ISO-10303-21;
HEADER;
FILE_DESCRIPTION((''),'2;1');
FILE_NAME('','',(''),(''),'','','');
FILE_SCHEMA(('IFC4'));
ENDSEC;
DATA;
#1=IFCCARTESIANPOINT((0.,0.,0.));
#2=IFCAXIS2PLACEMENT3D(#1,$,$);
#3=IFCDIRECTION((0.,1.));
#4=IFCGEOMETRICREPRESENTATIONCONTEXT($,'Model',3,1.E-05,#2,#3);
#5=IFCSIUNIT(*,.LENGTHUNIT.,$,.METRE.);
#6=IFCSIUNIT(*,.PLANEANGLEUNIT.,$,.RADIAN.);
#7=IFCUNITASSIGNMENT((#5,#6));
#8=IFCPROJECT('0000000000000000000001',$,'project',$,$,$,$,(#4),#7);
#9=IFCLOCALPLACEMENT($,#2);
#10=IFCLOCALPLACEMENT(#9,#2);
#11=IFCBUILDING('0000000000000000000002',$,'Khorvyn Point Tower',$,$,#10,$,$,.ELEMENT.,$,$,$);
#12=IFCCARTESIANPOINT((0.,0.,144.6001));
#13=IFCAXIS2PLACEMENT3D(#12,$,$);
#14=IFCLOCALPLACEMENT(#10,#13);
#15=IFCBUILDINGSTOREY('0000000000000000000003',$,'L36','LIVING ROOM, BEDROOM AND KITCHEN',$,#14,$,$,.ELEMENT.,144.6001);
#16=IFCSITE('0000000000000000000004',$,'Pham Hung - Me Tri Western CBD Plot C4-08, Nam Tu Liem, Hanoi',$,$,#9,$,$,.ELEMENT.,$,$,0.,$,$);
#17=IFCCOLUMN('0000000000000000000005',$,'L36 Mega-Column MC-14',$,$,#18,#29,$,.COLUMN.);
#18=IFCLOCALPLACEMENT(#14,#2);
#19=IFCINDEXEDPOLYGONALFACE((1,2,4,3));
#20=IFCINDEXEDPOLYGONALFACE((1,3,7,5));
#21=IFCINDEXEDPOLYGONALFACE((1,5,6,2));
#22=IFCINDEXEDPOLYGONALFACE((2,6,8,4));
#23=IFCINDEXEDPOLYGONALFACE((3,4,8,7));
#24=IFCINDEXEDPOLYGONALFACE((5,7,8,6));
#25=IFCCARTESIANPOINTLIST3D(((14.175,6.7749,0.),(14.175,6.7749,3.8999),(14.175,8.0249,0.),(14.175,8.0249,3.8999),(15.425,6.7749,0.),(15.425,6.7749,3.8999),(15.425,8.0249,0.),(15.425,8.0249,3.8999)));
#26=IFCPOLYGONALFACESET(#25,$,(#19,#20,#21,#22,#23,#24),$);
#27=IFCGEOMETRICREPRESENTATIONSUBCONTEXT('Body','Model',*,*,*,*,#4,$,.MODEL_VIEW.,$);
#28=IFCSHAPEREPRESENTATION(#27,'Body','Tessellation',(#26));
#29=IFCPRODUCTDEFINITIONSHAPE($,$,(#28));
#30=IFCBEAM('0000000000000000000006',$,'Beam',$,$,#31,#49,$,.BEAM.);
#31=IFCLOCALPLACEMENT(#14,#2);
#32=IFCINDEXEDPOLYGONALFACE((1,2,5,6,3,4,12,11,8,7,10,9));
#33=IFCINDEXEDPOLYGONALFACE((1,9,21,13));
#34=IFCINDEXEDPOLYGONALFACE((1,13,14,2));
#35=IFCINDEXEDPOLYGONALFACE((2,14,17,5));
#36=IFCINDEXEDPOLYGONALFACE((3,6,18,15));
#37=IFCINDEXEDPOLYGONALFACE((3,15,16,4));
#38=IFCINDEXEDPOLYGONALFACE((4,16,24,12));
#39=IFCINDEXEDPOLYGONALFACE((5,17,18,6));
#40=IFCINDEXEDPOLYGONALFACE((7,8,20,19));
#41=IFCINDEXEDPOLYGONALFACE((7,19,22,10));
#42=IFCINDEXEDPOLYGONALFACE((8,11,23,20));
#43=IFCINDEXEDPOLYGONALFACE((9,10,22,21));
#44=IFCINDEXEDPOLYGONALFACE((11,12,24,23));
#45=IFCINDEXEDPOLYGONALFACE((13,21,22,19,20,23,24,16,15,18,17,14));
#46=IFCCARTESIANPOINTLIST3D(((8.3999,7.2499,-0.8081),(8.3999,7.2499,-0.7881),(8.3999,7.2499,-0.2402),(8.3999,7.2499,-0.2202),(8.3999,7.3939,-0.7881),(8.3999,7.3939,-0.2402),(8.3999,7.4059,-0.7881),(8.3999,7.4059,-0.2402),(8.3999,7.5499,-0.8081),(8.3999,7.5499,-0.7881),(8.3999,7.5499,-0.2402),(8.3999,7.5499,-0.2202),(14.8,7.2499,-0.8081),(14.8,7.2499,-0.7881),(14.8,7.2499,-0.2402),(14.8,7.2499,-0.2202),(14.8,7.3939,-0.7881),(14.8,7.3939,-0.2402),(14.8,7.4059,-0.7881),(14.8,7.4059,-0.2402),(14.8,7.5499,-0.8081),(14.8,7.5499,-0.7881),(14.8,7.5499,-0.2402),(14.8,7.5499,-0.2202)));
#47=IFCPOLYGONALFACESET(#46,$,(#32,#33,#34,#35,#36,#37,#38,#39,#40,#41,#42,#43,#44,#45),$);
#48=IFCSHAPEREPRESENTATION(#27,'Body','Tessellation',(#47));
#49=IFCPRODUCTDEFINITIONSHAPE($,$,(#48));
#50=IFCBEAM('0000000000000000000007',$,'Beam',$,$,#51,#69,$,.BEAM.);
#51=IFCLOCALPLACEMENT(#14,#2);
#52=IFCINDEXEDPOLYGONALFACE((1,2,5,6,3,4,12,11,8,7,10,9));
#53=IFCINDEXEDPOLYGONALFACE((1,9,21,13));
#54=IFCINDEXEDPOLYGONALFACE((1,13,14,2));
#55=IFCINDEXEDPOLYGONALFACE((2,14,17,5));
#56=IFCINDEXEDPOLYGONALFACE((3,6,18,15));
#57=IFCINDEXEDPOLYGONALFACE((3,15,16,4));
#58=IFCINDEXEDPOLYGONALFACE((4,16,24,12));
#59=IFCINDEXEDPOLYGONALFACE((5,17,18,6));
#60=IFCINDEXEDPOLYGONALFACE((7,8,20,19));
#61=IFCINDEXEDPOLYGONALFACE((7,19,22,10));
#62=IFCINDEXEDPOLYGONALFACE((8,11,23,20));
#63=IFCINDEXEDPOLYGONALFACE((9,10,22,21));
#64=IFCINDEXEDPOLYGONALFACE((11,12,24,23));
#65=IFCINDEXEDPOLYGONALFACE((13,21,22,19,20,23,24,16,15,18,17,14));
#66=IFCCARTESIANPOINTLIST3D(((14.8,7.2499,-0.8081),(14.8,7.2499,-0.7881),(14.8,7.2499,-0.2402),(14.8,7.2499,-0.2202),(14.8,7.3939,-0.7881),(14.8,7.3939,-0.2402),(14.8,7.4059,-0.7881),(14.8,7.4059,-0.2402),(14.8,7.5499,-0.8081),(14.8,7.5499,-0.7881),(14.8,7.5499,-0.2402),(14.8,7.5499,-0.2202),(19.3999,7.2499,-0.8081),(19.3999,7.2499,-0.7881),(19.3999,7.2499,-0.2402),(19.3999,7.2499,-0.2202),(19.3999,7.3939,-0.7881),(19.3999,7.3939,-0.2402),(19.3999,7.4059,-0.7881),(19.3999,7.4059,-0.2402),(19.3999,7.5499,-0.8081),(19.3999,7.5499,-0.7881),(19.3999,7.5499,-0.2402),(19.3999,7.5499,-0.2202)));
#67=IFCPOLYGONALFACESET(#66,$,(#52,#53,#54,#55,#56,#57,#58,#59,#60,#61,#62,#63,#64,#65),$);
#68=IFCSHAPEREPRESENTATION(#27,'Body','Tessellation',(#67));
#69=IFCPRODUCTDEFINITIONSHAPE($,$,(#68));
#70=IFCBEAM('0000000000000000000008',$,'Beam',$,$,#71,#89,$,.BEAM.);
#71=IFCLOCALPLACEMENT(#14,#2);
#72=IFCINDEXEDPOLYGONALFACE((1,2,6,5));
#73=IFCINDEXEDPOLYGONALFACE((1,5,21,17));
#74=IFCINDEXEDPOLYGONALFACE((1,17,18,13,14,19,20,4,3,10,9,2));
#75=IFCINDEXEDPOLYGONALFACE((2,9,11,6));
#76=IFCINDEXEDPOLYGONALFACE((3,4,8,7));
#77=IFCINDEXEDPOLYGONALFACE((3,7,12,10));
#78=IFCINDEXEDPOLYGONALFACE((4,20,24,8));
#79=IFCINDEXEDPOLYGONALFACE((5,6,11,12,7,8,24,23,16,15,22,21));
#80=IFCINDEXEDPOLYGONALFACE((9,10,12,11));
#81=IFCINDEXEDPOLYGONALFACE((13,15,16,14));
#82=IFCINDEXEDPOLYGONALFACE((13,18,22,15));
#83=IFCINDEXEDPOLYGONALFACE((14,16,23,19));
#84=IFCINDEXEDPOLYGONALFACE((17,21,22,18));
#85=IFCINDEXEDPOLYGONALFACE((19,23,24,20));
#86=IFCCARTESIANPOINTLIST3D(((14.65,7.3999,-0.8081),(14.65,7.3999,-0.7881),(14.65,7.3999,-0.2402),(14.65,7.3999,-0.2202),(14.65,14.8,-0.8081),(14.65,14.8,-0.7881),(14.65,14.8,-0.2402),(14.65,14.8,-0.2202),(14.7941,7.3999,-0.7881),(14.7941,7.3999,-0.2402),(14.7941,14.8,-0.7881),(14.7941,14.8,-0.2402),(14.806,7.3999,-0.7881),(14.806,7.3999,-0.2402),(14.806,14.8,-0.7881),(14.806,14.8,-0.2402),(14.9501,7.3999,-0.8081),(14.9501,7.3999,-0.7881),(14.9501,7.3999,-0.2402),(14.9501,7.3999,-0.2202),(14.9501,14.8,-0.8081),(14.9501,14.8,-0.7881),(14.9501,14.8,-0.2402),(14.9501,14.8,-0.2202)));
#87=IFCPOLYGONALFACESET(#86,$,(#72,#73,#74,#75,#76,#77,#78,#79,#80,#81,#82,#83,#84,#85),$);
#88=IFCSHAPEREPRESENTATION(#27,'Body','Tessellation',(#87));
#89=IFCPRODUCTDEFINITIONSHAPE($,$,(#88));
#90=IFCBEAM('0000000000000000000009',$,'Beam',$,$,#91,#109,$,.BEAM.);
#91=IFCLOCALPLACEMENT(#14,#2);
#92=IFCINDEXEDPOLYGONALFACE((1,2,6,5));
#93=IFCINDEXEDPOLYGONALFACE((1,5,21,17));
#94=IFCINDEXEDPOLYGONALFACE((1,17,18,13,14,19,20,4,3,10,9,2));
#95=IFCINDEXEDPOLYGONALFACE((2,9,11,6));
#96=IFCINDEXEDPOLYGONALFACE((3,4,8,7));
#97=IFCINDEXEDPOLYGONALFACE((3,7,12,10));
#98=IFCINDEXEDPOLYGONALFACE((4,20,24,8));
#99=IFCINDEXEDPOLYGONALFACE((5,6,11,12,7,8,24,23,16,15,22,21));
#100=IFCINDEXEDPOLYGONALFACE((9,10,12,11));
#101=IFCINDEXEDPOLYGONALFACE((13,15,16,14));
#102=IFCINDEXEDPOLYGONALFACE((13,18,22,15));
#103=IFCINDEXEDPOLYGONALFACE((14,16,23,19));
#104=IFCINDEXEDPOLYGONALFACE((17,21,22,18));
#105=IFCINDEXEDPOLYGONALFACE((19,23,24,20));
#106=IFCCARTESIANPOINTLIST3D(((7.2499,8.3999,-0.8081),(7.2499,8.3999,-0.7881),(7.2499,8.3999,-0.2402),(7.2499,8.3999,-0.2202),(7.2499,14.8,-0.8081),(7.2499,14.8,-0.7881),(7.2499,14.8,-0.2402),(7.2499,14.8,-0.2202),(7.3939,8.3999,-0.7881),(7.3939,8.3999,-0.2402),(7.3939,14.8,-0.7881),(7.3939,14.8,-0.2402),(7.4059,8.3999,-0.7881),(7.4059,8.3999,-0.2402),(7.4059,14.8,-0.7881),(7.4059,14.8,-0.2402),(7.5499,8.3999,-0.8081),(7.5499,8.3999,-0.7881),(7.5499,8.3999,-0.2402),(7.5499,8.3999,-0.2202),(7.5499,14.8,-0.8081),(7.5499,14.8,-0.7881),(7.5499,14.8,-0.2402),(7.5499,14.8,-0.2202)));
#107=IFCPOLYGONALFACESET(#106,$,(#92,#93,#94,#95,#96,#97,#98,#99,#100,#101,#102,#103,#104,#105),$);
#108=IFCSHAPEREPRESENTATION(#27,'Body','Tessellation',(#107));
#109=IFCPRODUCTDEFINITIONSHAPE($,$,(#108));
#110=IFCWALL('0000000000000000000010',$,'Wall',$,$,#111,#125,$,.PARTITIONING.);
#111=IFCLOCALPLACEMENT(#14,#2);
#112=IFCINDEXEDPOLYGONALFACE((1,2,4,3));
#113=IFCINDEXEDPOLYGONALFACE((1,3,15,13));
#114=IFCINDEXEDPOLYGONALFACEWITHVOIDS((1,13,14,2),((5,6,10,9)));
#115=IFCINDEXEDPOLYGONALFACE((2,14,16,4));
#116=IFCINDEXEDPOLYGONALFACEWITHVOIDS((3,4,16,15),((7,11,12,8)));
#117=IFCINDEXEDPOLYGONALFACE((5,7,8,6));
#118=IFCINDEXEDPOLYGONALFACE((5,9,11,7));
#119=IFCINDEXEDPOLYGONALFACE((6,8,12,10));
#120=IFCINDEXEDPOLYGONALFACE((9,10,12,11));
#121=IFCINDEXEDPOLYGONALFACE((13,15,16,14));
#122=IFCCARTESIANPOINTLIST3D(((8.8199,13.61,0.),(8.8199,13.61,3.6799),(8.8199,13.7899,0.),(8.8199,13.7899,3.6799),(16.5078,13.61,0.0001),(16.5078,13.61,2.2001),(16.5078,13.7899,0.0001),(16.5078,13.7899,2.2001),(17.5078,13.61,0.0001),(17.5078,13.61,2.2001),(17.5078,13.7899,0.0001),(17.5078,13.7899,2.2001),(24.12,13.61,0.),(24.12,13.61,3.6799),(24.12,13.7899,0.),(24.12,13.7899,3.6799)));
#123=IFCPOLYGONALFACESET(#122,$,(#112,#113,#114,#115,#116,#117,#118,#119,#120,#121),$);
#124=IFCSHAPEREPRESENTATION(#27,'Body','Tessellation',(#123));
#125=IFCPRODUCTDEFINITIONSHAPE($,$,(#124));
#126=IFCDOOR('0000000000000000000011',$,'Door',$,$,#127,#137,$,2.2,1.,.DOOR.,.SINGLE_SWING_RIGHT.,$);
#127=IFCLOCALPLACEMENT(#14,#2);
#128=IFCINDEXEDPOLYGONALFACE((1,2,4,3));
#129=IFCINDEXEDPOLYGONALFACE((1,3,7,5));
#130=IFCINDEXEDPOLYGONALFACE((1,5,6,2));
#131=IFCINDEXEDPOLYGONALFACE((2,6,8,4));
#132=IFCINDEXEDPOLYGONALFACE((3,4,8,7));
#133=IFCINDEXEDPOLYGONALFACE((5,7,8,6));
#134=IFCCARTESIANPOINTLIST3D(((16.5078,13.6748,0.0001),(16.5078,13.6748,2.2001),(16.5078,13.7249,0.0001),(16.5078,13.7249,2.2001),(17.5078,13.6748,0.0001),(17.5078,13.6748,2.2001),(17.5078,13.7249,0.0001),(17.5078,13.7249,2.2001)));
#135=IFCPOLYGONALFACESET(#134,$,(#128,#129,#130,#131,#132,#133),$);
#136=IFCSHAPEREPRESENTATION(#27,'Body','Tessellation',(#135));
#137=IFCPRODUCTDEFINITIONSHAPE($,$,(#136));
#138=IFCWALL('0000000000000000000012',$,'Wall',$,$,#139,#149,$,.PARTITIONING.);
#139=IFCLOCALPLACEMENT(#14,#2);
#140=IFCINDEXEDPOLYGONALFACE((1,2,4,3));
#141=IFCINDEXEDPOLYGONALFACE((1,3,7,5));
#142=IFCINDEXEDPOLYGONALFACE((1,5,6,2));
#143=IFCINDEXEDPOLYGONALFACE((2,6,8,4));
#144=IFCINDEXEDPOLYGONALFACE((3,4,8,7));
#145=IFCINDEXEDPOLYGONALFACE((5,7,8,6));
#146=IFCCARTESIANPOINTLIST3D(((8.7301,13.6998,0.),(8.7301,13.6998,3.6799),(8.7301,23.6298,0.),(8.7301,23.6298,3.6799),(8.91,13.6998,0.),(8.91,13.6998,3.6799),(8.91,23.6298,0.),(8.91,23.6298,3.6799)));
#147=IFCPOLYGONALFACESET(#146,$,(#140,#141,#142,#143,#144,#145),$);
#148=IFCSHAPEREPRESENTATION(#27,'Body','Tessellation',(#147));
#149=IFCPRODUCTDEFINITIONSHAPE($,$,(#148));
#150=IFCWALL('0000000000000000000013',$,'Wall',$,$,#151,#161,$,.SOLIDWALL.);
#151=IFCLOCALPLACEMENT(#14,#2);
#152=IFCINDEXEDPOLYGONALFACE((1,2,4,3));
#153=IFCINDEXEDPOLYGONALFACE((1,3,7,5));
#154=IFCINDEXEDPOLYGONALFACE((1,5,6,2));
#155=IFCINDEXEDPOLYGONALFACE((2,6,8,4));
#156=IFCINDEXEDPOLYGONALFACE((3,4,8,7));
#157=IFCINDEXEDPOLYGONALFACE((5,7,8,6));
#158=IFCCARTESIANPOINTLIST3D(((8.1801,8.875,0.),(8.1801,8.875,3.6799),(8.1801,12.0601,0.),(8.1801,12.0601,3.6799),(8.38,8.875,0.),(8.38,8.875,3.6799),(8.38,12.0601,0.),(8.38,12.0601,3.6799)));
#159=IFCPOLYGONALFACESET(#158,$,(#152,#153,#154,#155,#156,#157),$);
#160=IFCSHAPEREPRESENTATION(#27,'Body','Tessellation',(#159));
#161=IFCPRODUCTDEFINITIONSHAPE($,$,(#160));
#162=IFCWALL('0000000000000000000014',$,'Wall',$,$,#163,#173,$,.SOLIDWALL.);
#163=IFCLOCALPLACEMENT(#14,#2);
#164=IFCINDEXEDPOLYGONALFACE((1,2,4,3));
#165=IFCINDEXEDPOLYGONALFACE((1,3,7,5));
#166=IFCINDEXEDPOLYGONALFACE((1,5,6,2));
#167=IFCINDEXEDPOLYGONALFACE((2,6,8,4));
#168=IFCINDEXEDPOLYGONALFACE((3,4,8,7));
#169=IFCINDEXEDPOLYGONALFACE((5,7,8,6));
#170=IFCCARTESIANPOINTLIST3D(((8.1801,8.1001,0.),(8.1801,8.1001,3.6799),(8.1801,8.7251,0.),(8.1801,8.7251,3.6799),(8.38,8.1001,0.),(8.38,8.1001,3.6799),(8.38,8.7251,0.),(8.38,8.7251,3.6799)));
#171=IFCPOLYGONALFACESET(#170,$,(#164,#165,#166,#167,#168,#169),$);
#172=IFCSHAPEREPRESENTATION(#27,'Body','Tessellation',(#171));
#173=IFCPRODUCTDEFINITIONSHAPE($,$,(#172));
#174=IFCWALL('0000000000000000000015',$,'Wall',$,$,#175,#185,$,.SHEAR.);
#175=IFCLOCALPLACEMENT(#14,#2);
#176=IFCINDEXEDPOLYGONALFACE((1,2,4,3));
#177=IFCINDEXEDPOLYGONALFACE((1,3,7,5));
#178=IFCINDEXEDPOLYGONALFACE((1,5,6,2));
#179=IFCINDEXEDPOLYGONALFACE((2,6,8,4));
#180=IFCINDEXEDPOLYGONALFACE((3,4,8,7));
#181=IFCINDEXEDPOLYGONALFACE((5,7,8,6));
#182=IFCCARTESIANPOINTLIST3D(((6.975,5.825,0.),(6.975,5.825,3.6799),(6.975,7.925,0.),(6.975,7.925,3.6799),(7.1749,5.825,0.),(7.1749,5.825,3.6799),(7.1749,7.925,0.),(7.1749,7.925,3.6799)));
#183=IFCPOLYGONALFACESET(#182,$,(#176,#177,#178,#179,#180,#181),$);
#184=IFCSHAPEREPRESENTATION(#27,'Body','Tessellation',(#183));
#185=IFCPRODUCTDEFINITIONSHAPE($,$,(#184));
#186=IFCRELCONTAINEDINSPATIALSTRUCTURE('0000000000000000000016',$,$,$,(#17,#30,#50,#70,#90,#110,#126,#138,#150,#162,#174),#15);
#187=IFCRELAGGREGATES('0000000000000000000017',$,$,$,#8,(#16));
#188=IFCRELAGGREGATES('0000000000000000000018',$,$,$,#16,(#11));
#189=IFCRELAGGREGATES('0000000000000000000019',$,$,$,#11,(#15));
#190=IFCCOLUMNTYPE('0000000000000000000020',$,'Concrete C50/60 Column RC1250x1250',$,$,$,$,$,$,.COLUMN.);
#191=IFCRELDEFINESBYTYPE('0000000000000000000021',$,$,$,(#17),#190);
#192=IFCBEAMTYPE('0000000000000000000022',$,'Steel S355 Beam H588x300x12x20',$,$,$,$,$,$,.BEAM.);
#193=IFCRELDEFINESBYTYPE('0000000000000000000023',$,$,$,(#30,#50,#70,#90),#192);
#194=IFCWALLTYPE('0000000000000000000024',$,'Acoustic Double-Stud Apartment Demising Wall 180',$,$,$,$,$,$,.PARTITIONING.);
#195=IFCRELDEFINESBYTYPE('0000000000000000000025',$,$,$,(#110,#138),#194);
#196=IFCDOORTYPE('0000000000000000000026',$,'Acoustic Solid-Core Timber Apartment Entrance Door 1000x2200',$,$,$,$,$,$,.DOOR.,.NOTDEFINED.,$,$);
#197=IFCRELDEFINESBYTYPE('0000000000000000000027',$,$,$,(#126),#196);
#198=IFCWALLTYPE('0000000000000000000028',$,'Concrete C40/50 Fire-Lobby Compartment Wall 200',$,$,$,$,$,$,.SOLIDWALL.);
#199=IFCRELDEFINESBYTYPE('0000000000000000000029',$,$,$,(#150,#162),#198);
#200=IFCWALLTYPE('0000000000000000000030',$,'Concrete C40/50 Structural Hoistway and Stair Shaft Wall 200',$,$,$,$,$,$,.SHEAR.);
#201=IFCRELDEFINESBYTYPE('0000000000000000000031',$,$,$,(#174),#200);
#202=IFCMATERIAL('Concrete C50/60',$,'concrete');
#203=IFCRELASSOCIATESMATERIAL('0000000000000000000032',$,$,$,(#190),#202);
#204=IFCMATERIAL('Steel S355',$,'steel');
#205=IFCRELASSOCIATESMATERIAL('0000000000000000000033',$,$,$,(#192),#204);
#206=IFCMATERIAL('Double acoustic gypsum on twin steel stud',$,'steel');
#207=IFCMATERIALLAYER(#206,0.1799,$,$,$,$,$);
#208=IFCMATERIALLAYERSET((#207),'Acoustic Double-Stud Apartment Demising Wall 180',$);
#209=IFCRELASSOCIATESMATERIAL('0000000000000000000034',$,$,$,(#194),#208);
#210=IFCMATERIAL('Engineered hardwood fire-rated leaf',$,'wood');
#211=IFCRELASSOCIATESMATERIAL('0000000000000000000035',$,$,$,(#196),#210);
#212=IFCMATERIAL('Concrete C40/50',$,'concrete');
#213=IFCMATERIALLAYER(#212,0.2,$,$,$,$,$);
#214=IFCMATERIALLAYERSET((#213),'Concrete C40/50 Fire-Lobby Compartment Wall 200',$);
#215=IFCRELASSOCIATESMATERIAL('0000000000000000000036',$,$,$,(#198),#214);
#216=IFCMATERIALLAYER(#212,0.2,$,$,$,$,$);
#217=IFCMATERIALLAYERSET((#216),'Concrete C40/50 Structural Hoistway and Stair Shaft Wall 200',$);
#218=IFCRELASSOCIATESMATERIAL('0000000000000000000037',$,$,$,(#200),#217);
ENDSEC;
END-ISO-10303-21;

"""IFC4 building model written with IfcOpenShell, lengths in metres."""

from ifc_helpers import new_model, si_unit, direction, frame, frame_2d, origin, origin_2d, place, context, subcontext, project, spatial, rectangle, i_section, extrude, material, layer, layer_set, material_profile, profile_set, type_object, element, fill, save


model = new_model("IFC4")

# Units and contexts
model_context = context("Model", 3, precision=1e-05, world=origin(), true_north=direction((0.0, 1.0)))
body_context = subcontext(model_context, "Body", "Model", "MODEL_VIEW")
ifc_project = project(units=[si_unit("LENGTHUNIT", "METRE"), si_unit("PLANEANGLEUNIT", "RADIAN")], contexts=[model_context])

# Site, building, storey
site_placement = place(None, origin())
site = spatial("IfcSite", under=ifc_project, at=site_placement, Name="Pham Hung - Me Tri Western CBD Plot C4-08, Nam Tu Liem, Hanoi", CompositionType="ELEMENT", RefElevation=0.0)
building_placement = place(site_placement, origin())
building = spatial("IfcBuilding", under=site, at=building_placement, Name="Khorvyn Point Tower", CompositionType="ELEMENT")
storey_placement = place(building_placement, frame((0.0, 0.0, 144.6001)))
storey = spatial("IfcBuildingStorey", under=building, at=storey_placement, Name="L36", Description="LIVING ROOM, BEDROOM AND KITCHEN", CompositionType="ELEMENT", Elevation=144.6001)

# Column
ifc_material_1 = material(Name="Concrete C50/60", Category="concrete")
ifc_material_profile_1 = material_profile(ifc_material_1, rectangle(XDim=1.25, YDim=1.25, at=origin_2d()))
ifc_profile_set_1 = profile_set([ifc_material_profile_1], Name="Concrete C50/60 RC1250x1250")
column_type = type_object("IfcColumnType", Name="Concrete C50/60 Column RC1250x1250", PredefinedType="COLUMN", material=ifc_profile_set_1)
column_placement = place(storey_placement, frame((14.8, 7.3999, 0.0), z_axis=(0.0, 0.0, 1.0), x_axis=(1.0, 0.0, 0.0)))
element("IfcColumn", 1, at=column_placement, inside=storey, type_object=column_type, Name="L36 Mega-Column MC-14", PredefinedType="COLUMN", context=body_context, shape_type="SweptSolid", body=[
    extrude(rectangle(XDim=1.25, YDim=1.25, at=origin_2d()), origin(), (0.0, 0.0, 1.0), 3.8999),
])

# Beams
ifc_material_2 = material(Name="Steel S355", Category="steel")
ifc_material_profile_2 = material_profile(ifc_material_2, i_section(OverallWidth=0.3, OverallDepth=0.5879, WebThickness=0.012, FlangeThickness=0.02, at=origin_2d()))
ifc_profile_set_2 = profile_set([ifc_material_profile_2], Name="Steel S355 H588x300x12x20")
beam_type = type_object("IfcBeamType", Name="Steel S355 Beam H588x300x12x20", PredefinedType="BEAM", material=ifc_profile_set_2)
beam_1_placement = place(storey_placement, frame((8.3999, 7.3999, -0.5142), z_axis=(1.0, 0.0, 0.0), x_axis=(0.0, 1.0, 0.0)))
element("IfcBeam", 2, at=beam_1_placement, inside=storey, type_object=beam_type, Name="Beam", PredefinedType="BEAM", context=body_context, shape_type="SweptSolid", body=[
    extrude(i_section(OverallWidth=0.3, OverallDepth=0.5879, WebThickness=0.012, FlangeThickness=0.02, at=origin_2d()), origin(), (0.0, 0.0, 1.0), 6.4001),
])
beam_2_placement = place(storey_placement, frame((14.8, 7.3999, -0.5142), z_axis=(1.0, 0.0, 0.0), x_axis=(0.0, 1.0, 0.0)))
element("IfcBeam", 3, at=beam_2_placement, inside=storey, type_object=beam_type, Name="Beam", PredefinedType="BEAM", context=body_context, shape_type="SweptSolid", body=[
    extrude(i_section(OverallWidth=0.3, OverallDepth=0.5879, WebThickness=0.012, FlangeThickness=0.02, at=origin_2d()), origin(), (0.0, 0.0, 1.0), 4.5999),
])
beam_3_placement = place(storey_placement, frame((14.8, 7.3999, -0.5142), z_axis=(0.0, 1.0, 0.0), x_axis=(-1.0, 0.0, 0.0)))
element("IfcBeam", 4, at=beam_3_placement, inside=storey, type_object=beam_type, Name="Beam", PredefinedType="BEAM", context=body_context, shape_type="SweptSolid", body=[
    extrude(i_section(OverallWidth=0.3, OverallDepth=0.5879, WebThickness=0.012, FlangeThickness=0.02, at=origin_2d()), origin(), (0.0, 0.0, 1.0), 7.4001),
])
beam_4_placement = place(storey_placement, frame((7.3999, 8.3999, -0.5142), z_axis=(0.0, 1.0, 0.0), x_axis=(-1.0, 0.0, 0.0)))
element("IfcBeam", 5, at=beam_4_placement, inside=storey, type_object=beam_type, Name="Beam", PredefinedType="BEAM", context=body_context, shape_type="SweptSolid", body=[
    extrude(i_section(OverallWidth=0.3, OverallDepth=0.5879, WebThickness=0.012, FlangeThickness=0.02, at=origin_2d()), origin(), (0.0, 0.0, 1.0), 6.4001),
])

# Wall, opening, door
ifc_material_3 = material(Name="Double acoustic gypsum on twin steel stud", Category="steel")
ifc_layer_1 = layer(ifc_material_3, 0.1799)
ifc_layer_set_1 = layer_set([ifc_layer_1], Name="Acoustic Double-Stud Apartment Demising Wall 180")
wall_type_1 = type_object("IfcWallType", Name="Acoustic Double-Stud Apartment Demising Wall 180", PredefinedType="PARTITIONING", material=ifc_layer_set_1)
wall_1_placement = place(storey_placement, frame((8.8201, 13.7, 0.0), z_axis=(0.0, 0.0, 1.0), x_axis=(1.0, 0.0, 0.0)))
wall_1 = element("IfcWall", 6, at=wall_1_placement, inside=storey, type_object=wall_type_1, Name="Wall", PredefinedType="PARTITIONING", context=body_context, shape_type="SweptSolid", body=[
    extrude(rectangle(XDim=15.3, YDim=0.1799, at=frame_2d((7.6499, 0.0))), origin(), (0.0, 0.0, 1.0), 3.6799),
])
opening_1_placement = place(wall_1_placement, frame((7.6877, 0.0, 0.0)))
opening_1 = element("IfcOpeningElement", 7, at=opening_1_placement, cuts=wall_1, PredefinedType="OPENING", context=body_context, shape_type="SweptSolid", body=[
    extrude(rectangle(XDim=1.0, YDim=2.2, at=frame_2d((0.5, 1.1001))), frame((0.0, 0.0999, 0.0), z_axis=(0.0, -1.0, 0.0), x_axis=(1.0, 0.0, 0.0)), (0.0, 0.0, 1.0), 0.2),
])
ifc_material_4 = material(Name="Engineered hardwood fire-rated leaf", Category="wood")
door_type_1 = type_object("IfcDoorType", Name="Acoustic Solid-Core Timber Apartment Entrance Door 1000x2200", OperationType="NOTDEFINED", PredefinedType="DOOR", material=ifc_material_4)
door_1_placement = place(opening_1_placement, origin())
door_1 = element("IfcDoor", 8, at=door_1_placement, inside=storey, type_object=door_type_1, Name="Door", OperationType="SINGLE_SWING_RIGHT", OverallHeight=2.2, OverallWidth=1.0, PredefinedType="DOOR", context=body_context, shape_type="SweptSolid", body=[
    extrude(rectangle(XDim=1.0, YDim=2.2, at=frame_2d((0.5, 1.1001))), frame((0.0, 0.0249, 0.0), z_axis=(0.0, -1.0, 0.0), x_axis=(1.0, 0.0, 0.0)), (0.0, 0.0, 1.0), 0.05),
])
fill(opening_1, door_1)

# Walls
wall_2_placement = place(storey_placement, frame((8.8201, 13.7, 0.0), z_axis=(0.0, 0.0, 1.0), x_axis=(0.0, 1.0, 0.0)))
element("IfcWall", 9, at=wall_2_placement, inside=storey, type_object=wall_type_1, Name="Wall", PredefinedType="PARTITIONING", context=body_context, shape_type="SweptSolid", body=[
    extrude(rectangle(XDim=9.9299, YDim=0.1799, at=frame_2d((4.9648, 0.0))), origin(), (0.0, 0.0, 1.0), 3.6799),
])
ifc_material_5 = material(Name="Concrete C40/50", Category="concrete")
ifc_layer_2 = layer(ifc_material_5, 0.2)
ifc_layer_set_2 = layer_set([ifc_layer_2], Name="Concrete C40/50 Fire-Lobby Compartment Wall 200")
wall_type_2 = type_object("IfcWallType", Name="Concrete C40/50 Fire-Lobby Compartment Wall 200", PredefinedType="SOLIDWALL", material=ifc_layer_set_2)
wall_3_placement = place(storey_placement, frame((8.28, 8.875, 0.0), z_axis=(0.0, 0.0, 1.0), x_axis=(0.0, 1.0, 0.0)))
element("IfcWall", 10, at=wall_3_placement, inside=storey, type_object=wall_type_2, Name="Wall", PredefinedType="SOLIDWALL", context=body_context, shape_type="SweptSolid", body=[
    extrude(rectangle(XDim=3.1851, YDim=0.2, at=frame_2d((1.5925, 0.0))), origin(), (0.0, 0.0, 1.0), 3.6799),
])
wall_4_placement = place(storey_placement, frame((8.28, 8.1001, 0.0), z_axis=(0.0, 0.0, 1.0), x_axis=(0.0, 1.0, 0.0)))
element("IfcWall", 11, at=wall_4_placement, inside=storey, type_object=wall_type_2, Name="Wall", PredefinedType="SOLIDWALL", context=body_context, shape_type="SweptSolid", body=[
    extrude(rectangle(XDim=0.625, YDim=0.2, at=frame_2d((0.3125, 0.0))), origin(), (0.0, 0.0, 1.0), 3.6799),
])
ifc_layer_3 = layer(ifc_material_5, 0.2)
ifc_layer_set_3 = layer_set([ifc_layer_3], Name="Concrete C40/50 Structural Hoistway and Stair Shaft Wall 200")
wall_type_3 = type_object("IfcWallType", Name="Concrete C40/50 Structural Hoistway and Stair Shaft Wall 200", PredefinedType="SHEAR", material=ifc_layer_set_3)
wall_5_placement = place(storey_placement, frame((7.075, 5.825, 0.0), z_axis=(0.0, 0.0, 1.0), x_axis=(0.0, 1.0, 0.0)))
element("IfcWall", 12, at=wall_5_placement, inside=storey, type_object=wall_type_3, Name="Wall", PredefinedType="SHEAR", context=body_context, shape_type="SweptSolid", body=[
    extrude(rectangle(XDim=2.1001, YDim=0.2, at=frame_2d((1.05, 0.0))), origin(), (0.0, 0.0, 1.0), 3.6799),
])

save(model, "model.ifc")
